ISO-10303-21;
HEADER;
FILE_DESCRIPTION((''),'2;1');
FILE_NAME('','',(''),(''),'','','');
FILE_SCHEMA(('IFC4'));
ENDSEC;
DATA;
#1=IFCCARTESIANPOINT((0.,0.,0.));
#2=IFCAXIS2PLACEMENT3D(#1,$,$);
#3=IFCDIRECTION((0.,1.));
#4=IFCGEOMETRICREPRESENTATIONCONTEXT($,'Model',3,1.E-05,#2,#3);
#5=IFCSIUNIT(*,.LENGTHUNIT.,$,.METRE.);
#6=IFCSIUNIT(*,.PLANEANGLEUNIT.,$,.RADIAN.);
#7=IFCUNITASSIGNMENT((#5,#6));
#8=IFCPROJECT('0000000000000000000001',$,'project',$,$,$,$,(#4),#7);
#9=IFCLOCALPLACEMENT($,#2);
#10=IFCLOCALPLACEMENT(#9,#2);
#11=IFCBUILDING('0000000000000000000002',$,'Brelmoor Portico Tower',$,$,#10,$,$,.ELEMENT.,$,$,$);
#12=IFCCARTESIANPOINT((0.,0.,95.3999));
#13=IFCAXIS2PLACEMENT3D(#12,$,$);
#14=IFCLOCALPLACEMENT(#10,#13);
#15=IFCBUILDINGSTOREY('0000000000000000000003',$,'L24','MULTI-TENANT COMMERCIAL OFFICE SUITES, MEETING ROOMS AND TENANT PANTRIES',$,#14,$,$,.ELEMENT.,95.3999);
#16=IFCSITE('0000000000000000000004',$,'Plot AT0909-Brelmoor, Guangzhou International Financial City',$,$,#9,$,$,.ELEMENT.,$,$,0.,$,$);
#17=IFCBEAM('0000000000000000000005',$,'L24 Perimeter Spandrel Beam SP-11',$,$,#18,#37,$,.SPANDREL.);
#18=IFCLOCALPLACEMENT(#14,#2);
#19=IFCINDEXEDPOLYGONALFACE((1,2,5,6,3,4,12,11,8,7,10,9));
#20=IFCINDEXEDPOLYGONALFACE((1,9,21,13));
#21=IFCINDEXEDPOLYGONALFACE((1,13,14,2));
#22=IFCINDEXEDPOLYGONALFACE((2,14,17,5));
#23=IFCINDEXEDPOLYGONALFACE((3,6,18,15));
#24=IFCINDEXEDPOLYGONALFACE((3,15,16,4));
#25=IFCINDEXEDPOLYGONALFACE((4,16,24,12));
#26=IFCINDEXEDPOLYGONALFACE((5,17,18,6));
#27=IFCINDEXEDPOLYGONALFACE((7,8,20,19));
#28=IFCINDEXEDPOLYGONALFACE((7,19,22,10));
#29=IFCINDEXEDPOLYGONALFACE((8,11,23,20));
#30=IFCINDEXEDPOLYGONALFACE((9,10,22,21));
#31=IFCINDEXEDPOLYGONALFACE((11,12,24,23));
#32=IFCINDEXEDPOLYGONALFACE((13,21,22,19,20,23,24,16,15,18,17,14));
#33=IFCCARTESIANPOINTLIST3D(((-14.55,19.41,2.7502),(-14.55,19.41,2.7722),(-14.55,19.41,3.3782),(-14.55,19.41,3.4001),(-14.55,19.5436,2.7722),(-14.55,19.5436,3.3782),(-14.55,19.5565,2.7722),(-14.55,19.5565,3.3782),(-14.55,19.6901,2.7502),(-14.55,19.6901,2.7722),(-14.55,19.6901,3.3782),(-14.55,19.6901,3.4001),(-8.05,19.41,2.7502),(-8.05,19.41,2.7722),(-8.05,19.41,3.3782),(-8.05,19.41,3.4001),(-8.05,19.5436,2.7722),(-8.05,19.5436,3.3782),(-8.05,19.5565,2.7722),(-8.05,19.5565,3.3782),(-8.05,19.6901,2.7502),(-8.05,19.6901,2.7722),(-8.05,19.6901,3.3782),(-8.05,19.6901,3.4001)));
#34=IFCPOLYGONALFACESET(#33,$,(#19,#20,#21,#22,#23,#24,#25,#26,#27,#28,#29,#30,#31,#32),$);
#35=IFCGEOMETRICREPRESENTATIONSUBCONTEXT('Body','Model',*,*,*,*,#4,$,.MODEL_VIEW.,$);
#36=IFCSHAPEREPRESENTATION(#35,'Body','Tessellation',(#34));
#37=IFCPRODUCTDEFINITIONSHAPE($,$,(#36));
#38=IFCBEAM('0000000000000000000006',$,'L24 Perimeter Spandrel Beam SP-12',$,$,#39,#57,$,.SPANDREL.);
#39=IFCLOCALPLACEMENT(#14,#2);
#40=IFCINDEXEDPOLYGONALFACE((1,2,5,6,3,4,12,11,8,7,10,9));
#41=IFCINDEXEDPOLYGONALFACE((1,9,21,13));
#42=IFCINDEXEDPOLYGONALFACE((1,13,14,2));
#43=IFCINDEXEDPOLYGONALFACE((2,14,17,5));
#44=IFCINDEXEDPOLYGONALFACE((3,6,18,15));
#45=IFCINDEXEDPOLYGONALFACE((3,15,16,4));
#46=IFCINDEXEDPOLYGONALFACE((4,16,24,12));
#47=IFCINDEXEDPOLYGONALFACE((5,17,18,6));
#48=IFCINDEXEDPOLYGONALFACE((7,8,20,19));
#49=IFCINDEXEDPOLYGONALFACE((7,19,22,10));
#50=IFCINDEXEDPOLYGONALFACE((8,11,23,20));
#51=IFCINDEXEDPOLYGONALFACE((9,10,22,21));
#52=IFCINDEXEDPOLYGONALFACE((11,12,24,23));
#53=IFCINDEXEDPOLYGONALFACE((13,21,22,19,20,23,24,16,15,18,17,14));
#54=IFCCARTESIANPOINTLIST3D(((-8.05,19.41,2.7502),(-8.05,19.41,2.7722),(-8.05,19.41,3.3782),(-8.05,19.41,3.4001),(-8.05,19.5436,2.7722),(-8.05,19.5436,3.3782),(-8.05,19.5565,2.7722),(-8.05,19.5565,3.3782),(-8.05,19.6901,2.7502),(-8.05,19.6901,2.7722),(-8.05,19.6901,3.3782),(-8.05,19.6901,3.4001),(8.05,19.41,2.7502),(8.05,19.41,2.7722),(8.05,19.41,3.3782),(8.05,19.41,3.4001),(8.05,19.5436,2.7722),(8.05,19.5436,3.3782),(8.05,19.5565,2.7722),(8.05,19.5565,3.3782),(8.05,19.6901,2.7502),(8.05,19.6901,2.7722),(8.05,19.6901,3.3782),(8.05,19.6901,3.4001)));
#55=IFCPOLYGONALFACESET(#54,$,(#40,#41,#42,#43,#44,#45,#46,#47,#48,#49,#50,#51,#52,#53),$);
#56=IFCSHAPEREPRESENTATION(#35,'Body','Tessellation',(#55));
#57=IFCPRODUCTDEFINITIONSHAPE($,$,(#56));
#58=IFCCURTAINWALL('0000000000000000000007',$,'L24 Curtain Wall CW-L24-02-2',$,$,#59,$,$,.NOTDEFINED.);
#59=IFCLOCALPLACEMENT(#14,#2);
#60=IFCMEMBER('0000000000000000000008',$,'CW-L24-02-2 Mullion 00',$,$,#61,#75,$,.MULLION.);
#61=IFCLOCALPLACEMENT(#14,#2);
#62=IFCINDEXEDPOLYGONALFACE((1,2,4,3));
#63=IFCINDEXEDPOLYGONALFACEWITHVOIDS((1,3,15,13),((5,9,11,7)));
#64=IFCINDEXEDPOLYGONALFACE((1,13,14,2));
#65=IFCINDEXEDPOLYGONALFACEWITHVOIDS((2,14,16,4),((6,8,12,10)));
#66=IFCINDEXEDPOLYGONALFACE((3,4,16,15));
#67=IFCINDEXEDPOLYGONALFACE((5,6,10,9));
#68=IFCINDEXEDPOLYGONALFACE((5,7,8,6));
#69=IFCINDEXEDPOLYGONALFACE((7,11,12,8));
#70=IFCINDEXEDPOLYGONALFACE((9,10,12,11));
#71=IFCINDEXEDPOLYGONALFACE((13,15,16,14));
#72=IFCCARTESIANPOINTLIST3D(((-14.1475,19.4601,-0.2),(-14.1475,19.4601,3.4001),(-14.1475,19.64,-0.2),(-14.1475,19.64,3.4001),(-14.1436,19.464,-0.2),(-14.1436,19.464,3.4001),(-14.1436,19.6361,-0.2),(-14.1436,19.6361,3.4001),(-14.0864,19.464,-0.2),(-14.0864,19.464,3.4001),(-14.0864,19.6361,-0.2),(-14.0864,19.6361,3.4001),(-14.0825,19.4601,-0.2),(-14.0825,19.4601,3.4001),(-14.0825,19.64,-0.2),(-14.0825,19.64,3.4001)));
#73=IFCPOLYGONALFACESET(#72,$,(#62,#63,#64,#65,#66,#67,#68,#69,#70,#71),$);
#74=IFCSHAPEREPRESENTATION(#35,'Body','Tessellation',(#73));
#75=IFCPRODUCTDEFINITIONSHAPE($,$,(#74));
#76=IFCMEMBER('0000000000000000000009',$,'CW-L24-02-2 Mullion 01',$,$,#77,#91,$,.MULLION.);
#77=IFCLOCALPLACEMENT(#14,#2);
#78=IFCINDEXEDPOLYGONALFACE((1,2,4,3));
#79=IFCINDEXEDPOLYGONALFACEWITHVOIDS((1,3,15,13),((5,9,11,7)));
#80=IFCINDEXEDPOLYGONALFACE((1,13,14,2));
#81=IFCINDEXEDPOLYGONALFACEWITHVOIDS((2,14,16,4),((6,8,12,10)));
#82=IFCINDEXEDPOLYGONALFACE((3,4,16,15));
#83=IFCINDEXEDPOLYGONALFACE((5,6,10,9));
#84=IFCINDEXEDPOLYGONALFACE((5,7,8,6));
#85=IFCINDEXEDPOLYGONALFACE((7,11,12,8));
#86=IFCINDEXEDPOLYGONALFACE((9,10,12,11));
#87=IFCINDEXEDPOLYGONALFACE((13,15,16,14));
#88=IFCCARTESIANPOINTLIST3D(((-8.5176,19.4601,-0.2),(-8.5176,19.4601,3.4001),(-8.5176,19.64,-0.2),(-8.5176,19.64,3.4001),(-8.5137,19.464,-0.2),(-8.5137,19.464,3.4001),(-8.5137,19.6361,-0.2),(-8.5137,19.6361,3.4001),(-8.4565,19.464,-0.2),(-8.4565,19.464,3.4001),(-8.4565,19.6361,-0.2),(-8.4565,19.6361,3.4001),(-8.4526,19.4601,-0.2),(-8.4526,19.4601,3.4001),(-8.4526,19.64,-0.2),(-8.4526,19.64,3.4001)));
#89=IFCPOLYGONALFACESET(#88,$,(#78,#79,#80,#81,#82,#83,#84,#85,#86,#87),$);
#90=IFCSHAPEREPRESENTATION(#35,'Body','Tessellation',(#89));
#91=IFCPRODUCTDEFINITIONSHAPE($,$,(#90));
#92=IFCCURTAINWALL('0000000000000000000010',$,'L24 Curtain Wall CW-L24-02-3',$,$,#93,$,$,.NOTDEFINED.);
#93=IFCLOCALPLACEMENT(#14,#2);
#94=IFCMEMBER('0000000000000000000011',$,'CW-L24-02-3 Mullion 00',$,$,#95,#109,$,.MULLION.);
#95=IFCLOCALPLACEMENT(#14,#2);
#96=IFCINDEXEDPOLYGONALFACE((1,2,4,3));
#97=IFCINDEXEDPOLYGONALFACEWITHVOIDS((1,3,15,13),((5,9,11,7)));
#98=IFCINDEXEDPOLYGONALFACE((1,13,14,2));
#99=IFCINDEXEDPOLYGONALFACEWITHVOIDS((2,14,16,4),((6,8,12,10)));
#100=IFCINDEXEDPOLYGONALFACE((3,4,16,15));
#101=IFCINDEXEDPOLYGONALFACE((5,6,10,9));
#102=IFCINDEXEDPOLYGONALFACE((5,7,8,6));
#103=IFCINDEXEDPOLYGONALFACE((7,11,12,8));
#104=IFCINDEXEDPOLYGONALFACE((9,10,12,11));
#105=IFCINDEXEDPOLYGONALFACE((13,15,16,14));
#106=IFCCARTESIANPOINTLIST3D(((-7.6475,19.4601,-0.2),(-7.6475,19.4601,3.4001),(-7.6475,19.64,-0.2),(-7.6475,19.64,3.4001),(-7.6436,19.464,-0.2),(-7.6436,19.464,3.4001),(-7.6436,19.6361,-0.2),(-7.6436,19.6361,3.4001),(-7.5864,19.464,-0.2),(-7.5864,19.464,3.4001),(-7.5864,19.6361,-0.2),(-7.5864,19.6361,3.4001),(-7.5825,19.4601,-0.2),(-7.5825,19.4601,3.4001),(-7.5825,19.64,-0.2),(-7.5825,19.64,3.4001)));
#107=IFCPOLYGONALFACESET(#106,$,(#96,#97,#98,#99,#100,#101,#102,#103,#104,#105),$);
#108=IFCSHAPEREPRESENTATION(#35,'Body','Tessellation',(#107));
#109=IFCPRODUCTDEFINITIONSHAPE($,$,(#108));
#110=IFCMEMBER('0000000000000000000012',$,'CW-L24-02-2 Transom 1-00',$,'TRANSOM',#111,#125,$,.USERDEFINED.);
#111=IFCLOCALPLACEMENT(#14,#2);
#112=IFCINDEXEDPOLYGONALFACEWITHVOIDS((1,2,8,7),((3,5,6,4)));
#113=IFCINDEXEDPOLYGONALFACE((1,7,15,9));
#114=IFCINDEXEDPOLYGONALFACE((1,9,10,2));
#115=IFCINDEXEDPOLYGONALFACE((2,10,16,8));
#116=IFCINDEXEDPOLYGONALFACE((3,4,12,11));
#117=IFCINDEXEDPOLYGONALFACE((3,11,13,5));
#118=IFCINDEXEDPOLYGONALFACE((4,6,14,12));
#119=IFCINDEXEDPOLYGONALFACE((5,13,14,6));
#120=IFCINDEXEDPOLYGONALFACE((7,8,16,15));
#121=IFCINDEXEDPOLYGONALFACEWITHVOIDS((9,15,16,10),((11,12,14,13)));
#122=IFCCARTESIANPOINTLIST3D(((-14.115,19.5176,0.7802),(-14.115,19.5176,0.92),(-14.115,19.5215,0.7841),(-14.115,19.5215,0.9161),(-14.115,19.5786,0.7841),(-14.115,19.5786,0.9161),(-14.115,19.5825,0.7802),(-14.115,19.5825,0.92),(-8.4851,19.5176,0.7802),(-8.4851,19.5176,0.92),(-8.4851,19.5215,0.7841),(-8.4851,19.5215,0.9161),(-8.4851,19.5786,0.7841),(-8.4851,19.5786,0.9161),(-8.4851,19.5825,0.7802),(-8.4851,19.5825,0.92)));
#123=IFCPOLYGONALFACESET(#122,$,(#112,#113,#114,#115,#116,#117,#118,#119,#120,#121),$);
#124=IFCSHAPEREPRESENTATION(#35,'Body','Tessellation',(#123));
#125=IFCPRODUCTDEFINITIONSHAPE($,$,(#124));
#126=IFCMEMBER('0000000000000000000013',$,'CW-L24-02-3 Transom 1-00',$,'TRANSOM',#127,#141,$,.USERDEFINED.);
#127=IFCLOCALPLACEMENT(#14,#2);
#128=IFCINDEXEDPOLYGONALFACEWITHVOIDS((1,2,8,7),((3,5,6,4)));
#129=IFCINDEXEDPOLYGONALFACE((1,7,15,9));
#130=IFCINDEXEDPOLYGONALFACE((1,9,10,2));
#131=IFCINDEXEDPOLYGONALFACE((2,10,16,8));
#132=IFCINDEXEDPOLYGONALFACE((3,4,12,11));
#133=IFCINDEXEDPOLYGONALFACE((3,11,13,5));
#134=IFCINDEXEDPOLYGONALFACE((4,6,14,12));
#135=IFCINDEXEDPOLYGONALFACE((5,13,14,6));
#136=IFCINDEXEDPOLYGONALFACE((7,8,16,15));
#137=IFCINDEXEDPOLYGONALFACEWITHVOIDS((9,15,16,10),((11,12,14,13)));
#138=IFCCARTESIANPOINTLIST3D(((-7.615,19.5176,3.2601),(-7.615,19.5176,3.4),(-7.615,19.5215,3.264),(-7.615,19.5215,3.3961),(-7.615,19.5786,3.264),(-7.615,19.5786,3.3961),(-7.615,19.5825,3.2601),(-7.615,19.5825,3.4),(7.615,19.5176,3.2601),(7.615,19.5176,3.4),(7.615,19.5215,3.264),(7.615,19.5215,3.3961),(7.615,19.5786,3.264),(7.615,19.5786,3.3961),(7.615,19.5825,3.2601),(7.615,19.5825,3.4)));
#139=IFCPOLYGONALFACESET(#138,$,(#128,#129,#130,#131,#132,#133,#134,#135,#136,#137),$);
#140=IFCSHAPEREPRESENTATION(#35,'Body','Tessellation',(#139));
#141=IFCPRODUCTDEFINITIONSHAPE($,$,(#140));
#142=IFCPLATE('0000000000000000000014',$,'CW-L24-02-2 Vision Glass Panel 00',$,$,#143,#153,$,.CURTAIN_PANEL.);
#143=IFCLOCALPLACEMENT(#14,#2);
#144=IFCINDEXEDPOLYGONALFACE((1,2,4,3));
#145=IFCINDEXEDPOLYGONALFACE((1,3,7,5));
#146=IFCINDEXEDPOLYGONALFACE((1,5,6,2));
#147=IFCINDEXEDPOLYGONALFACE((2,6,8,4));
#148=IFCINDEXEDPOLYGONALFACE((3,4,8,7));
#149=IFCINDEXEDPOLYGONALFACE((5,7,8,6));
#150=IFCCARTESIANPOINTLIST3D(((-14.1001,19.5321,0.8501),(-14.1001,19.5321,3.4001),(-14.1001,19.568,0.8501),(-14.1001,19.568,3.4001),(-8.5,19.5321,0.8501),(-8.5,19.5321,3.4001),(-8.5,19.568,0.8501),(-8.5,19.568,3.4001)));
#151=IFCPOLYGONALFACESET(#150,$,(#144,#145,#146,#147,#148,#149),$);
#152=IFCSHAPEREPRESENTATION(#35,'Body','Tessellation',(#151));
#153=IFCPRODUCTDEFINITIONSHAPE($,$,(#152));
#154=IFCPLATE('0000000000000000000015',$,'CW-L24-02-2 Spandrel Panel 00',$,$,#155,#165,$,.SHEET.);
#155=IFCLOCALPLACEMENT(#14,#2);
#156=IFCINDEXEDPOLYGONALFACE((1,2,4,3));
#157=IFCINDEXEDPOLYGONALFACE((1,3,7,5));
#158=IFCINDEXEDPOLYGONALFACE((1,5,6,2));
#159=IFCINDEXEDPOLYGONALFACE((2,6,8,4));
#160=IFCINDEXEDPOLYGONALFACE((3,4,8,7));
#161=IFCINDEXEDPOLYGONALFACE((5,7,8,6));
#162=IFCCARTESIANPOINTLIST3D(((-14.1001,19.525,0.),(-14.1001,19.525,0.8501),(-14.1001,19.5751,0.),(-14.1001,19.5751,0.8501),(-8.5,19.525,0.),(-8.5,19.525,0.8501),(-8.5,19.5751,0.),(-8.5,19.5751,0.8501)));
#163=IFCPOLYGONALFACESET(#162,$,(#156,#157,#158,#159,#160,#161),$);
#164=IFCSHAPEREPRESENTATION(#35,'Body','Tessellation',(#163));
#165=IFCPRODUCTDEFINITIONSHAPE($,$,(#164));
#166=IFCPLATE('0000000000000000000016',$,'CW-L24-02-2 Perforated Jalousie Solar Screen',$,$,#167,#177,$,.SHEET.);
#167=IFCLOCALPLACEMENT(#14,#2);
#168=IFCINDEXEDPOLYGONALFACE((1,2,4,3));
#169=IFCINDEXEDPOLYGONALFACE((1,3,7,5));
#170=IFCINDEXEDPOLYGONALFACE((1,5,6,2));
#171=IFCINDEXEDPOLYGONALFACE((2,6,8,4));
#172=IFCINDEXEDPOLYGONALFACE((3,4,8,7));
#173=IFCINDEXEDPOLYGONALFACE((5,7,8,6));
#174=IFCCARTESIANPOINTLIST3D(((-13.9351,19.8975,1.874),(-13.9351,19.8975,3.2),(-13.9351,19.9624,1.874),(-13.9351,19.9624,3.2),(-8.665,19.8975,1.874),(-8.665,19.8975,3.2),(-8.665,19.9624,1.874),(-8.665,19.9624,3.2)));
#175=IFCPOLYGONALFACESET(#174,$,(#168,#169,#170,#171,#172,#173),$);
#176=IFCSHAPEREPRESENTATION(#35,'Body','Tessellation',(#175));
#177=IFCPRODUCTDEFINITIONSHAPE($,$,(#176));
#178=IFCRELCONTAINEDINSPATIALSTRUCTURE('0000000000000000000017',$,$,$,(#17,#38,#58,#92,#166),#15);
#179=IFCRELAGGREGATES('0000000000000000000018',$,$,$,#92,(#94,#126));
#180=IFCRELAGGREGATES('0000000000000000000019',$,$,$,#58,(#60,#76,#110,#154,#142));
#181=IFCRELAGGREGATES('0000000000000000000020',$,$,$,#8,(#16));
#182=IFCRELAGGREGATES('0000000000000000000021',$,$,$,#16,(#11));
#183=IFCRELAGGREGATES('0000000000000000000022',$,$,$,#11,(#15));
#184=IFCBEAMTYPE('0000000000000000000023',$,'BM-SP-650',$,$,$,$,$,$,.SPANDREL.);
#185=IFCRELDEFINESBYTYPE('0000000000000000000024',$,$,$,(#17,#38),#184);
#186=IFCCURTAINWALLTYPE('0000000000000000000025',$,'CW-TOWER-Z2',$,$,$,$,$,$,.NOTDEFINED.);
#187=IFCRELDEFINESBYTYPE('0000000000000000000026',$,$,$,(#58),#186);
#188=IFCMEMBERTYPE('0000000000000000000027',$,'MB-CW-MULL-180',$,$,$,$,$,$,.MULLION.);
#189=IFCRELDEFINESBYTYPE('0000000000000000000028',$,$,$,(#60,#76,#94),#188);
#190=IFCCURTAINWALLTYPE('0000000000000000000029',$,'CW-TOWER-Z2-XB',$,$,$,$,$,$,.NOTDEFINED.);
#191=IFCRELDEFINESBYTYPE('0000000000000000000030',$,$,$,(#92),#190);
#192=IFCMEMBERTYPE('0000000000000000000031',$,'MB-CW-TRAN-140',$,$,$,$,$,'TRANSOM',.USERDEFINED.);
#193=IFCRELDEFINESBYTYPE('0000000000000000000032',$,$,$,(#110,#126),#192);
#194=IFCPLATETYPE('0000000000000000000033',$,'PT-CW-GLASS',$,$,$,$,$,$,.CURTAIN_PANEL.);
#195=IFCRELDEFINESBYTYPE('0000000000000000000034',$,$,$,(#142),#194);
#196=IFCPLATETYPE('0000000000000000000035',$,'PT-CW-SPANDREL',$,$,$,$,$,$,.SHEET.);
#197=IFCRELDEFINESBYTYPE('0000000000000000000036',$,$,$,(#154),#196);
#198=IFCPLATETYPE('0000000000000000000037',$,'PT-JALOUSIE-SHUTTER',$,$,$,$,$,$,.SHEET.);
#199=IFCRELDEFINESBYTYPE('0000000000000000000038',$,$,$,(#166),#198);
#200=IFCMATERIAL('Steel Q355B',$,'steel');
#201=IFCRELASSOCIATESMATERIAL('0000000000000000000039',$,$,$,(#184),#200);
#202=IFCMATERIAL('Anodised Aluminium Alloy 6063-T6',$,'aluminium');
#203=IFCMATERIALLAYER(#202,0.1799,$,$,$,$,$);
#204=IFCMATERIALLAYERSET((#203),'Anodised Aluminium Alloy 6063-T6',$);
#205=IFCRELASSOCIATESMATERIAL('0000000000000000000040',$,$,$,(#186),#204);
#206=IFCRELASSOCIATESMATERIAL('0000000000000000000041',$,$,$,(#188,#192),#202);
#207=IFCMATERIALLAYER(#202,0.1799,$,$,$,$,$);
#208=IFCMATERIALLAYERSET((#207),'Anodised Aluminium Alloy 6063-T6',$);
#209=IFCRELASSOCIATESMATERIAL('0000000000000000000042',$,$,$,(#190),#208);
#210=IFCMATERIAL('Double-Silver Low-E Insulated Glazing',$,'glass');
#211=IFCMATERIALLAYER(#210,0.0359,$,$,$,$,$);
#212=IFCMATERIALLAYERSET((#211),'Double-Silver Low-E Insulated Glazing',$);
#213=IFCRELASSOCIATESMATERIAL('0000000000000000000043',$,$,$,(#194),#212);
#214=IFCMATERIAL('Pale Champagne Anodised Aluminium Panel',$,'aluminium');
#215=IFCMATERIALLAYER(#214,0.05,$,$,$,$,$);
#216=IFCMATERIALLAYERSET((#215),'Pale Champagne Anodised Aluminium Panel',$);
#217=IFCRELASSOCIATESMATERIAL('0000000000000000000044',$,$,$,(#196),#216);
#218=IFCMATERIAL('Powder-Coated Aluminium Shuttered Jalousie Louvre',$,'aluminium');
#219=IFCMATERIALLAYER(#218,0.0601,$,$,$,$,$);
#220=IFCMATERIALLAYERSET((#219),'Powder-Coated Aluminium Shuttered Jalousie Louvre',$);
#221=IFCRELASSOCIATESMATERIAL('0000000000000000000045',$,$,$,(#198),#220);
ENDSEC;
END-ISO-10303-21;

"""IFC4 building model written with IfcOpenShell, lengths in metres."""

from ifc_helpers import new_model, si_unit, direction, frame, origin, origin_2d, place, context, subcontext, project, spatial, rectangle, hollow_rectangle, i_section, extrude, material, layer, layer_set, material_profile, profile_set, type_object, element, aggregate, save


model = new_model("IFC4")

# Units and contexts
model_context = context("Model", 3, precision=1e-05, world=origin(), true_north=direction((0.0, 1.0)))
body_context = subcontext(model_context, "Body", "Model", "MODEL_VIEW")
ifc_project = project(units=[si_unit("LENGTHUNIT", "METRE"), si_unit("PLANEANGLEUNIT", "RADIAN")], contexts=[model_context])

# Site, building, storey
site_placement = place(None, origin())
site = spatial("IfcSite", under=ifc_project, at=site_placement, Name="Plot AT0909-Brelmoor, Guangzhou International Financial City", CompositionType="ELEMENT", RefElevation=0.0)
building_placement = place(site_placement, origin())
building = spatial("IfcBuilding", under=site, at=building_placement, Name="Brelmoor Portico Tower", CompositionType="ELEMENT")
storey_placement = place(building_placement, frame((0.0, 0.0, 95.3999)))
storey = spatial("IfcBuildingStorey", under=building, at=storey_placement, Name="L24", Description="MULTI-TENANT COMMERCIAL OFFICE SUITES, MEETING ROOMS AND TENANT PANTRIES", CompositionType="ELEMENT", Elevation=95.3999)

# Shared definitions
ifc_material_1 = material(Name="Steel Q355B", Category="steel")

# Beams
ifc_material_profile_1 = material_profile(ifc_material_1, i_section(OverallWidth=0.28, OverallDepth=0.6499, WebThickness=0.0129, FlangeThickness=0.022, at=origin_2d()), Name="HN 650x280x13x22")
ifc_profile_set_1 = profile_set([ifc_material_profile_1], Name="Steel Q355B")
beam_type_1 = type_object("IfcBeamType", Name="BM-SP-650", PredefinedType="SPANDREL", material=ifc_profile_set_1)
beam_1_placement = place(storey_placement, frame((-14.55, 19.55, 3.0752), z_axis=(1.0, 0.0, 0.0), x_axis=(0.0, 1.0, 0.0)))
element("IfcBeam", 1, at=beam_1_placement, inside=storey, type_object=beam_type_1, Name="L24 Perimeter Spandrel Beam SP-11", PredefinedType="SPANDREL", context=body_context, shape_type="SweptSolid", body=[
    extrude(i_section(OverallWidth=0.28, OverallDepth=0.6499, WebThickness=0.0129, FlangeThickness=0.022, at=origin_2d()), origin(), (0.0, 0.0, 1.0), 6.5),
])
beam_2_placement = place(storey_placement, frame((-8.05, 19.55, 3.0752), z_axis=(1.0, 0.0, 0.0), x_axis=(0.0, 1.0, 0.0)))
element("IfcBeam", 2, at=beam_2_placement, inside=storey, type_object=beam_type_1, Name="L24 Perimeter Spandrel Beam SP-12", PredefinedType="SPANDREL", context=body_context, shape_type="SweptSolid", body=[
    extrude(i_section(OverallWidth=0.28, OverallDepth=0.6499, WebThickness=0.0129, FlangeThickness=0.022, at=origin_2d()), origin(), (0.0, 0.0, 1.0), 16.1001),
])

# Curtain wall, members
ifc_material_2 = material(Name="Anodised Aluminium Alloy 6063-T6", Category="aluminium")
ifc_layer_1 = layer(ifc_material_2, 0.1799)
ifc_layer_set_1 = layer_set([ifc_layer_1], Name="Anodised Aluminium Alloy 6063-T6")
curtain_wall_type_1 = type_object("IfcCurtainWallType", Name="CW-TOWER-Z2", PredefinedType="NOTDEFINED", material=ifc_layer_set_1)
curtain_wall_1_placement = place(storey_placement, origin())
curtain_wall_1 = element("IfcCurtainWall", 3, at=curtain_wall_1_placement, inside=storey, type_object=curtain_wall_type_1, Name="L24 Curtain Wall CW-L24-02-2", PredefinedType="NOTDEFINED")
ifc_material_profile_2 = material_profile(ifc_material_2, hollow_rectangle(XDim=0.0649, YDim=0.1799, WallThickness=0.0039, at=origin_2d()), Name="ALU MULLION 65x180")
ifc_profile_set_2 = profile_set([ifc_material_profile_2], Name="Anodised Aluminium Alloy 6063-T6")
member_type_1 = type_object("IfcMemberType", Name="MB-CW-MULL-180", PredefinedType="MULLION", material=ifc_profile_set_2)
member_1_placement = place(storey_placement, frame((-14.115, 19.55, -0.2), z_axis=(0.0, 0.0, 1.0), x_axis=(1.0, 0.0, 0.0)))
member_1 = element("IfcMember", 4, at=member_1_placement, type_object=member_type_1, Name="CW-L24-02-2 Mullion 00", PredefinedType="MULLION", context=body_context, shape_type="SweptSolid", body=[
    extrude(hollow_rectangle(XDim=0.0649, YDim=0.1799, WallThickness=0.0039, at=origin_2d()), origin(), (0.0, 0.0, 1.0), 3.6001),
])
member_2_placement = place(storey_placement, frame((-8.4851, 19.55, -0.2), z_axis=(0.0, 0.0, 1.0), x_axis=(1.0, 0.0, 0.0)))
member_2 = element("IfcMember", 5, at=member_2_placement, type_object=member_type_1, Name="CW-L24-02-2 Mullion 01", PredefinedType="MULLION", context=body_context, shape_type="SweptSolid", body=[
    extrude(hollow_rectangle(XDim=0.0649, YDim=0.1799, WallThickness=0.0039, at=origin_2d()), origin(), (0.0, 0.0, 1.0), 3.6001),
])

# Curtain wall, member
ifc_layer_2 = layer(ifc_material_2, 0.1799)
ifc_layer_set_2 = layer_set([ifc_layer_2], Name="Anodised Aluminium Alloy 6063-T6")
curtain_wall_type_2 = type_object("IfcCurtainWallType", Name="CW-TOWER-Z2-XB", PredefinedType="NOTDEFINED", material=ifc_layer_set_2)
curtain_wall_2_placement = place(storey_placement, origin())
curtain_wall_2 = element("IfcCurtainWall", 6, at=curtain_wall_2_placement, inside=storey, type_object=curtain_wall_type_2, Name="L24 Curtain Wall CW-L24-02-3", PredefinedType="NOTDEFINED")
member_3_placement = place(storey_placement, frame((-7.615, 19.55, -0.2), z_axis=(0.0, 0.0, 1.0), x_axis=(1.0, 0.0, 0.0)))
member_3 = element("IfcMember", 7, at=member_3_placement, type_object=member_type_1, Name="CW-L24-02-3 Mullion 00", PredefinedType="MULLION", context=body_context, shape_type="SweptSolid", body=[
    extrude(hollow_rectangle(XDim=0.0649, YDim=0.1799, WallThickness=0.0039, at=origin_2d()), origin(), (0.0, 0.0, 1.0), 3.6001),
])

# Members
ifc_material_profile_3 = material_profile(ifc_material_2, hollow_rectangle(XDim=0.0649, YDim=0.1399, WallThickness=0.0039, at=origin_2d()), Name="ALU TRANSOM 65x140")
ifc_profile_set_3 = profile_set([ifc_material_profile_3], Name="Anodised Aluminium Alloy 6063-T6")
member_type_2 = type_object("IfcMemberType", Name="MB-CW-TRAN-140", ElementType="TRANSOM", PredefinedType="USERDEFINED", material=ifc_profile_set_3)
member_4_placement = place(storey_placement, frame((-14.115, 19.55, 0.8501), z_axis=(1.0, 0.0, 0.0), x_axis=(0.0, 1.0, 0.0)))
member_4 = element("IfcMember", 8, at=member_4_placement, type_object=member_type_2, Name="CW-L24-02-2 Transom 1-00", ObjectType="TRANSOM", PredefinedType="USERDEFINED", context=body_context, shape_type="SweptSolid", body=[
    extrude(hollow_rectangle(XDim=0.0649, YDim=0.1399, WallThickness=0.0039, at=origin_2d()), origin(), (0.0, 0.0, 1.0), 5.6299),
])
member_5_placement = place(storey_placement, frame((-7.615, 19.55, 3.3301), z_axis=(1.0, 0.0, 0.0), x_axis=(0.0, 1.0, 0.0)))
member_5 = element("IfcMember", 9, at=member_5_placement, type_object=member_type_2, Name="CW-L24-02-3 Transom 1-00", ObjectType="TRANSOM", PredefinedType="USERDEFINED", context=body_context, shape_type="SweptSolid", body=[
    extrude(hollow_rectangle(XDim=0.0649, YDim=0.1399, WallThickness=0.0039, at=origin_2d()), origin(), (0.0, 0.0, 1.0), 15.23),
])
aggregate(curtain_wall_2, [member_3, member_5])

# Plates
ifc_material_3 = material(Name="Double-Silver Low-E Insulated Glazing", Category="glass")
ifc_layer_3 = layer(ifc_material_3, 0.0359)
ifc_layer_set_3 = layer_set([ifc_layer_3], Name="Double-Silver Low-E Insulated Glazing")
plate_type_1 = type_object("IfcPlateType", Name="PT-CW-GLASS", PredefinedType="CURTAIN_PANEL", material=ifc_layer_set_3)
plate_1_placement = place(storey_placement, frame((-11.3, 19.55, 0.8501), z_axis=(0.0, 0.0, 1.0), x_axis=(1.0, 0.0, 0.0)))
plate_1 = element("IfcPlate", 10, at=plate_1_placement, type_object=plate_type_1, Name="CW-L24-02-2 Vision Glass Panel 00", PredefinedType="CURTAIN_PANEL", context=body_context, shape_type="SweptSolid", body=[
    extrude(rectangle(XDim=5.6001, YDim=0.0359, at=origin_2d()), origin(), (0.0, 0.0, 1.0), 2.55),
])
ifc_material_4 = material(Name="Pale Champagne Anodised Aluminium Panel", Category="aluminium")
ifc_layer_4 = layer(ifc_material_4, 0.05)
ifc_layer_set_4 = layer_set([ifc_layer_4], Name="Pale Champagne Anodised Aluminium Panel")
plate_type_2 = type_object("IfcPlateType", Name="PT-CW-SPANDREL", PredefinedType="SHEET", material=ifc_layer_set_4)
plate_2_placement = place(storey_placement, frame((-11.3, 19.55, 0.0), z_axis=(0.0, 0.0, 1.0), x_axis=(1.0, 0.0, 0.0)))
plate_2 = element("IfcPlate", 11, at=plate_2_placement, type_object=plate_type_2, Name="CW-L24-02-2 Spandrel Panel 00", PredefinedType="SHEET", context=body_context, shape_type="SweptSolid", body=[
    extrude(rectangle(XDim=5.6001, YDim=0.05, at=origin_2d()), origin(), (0.0, 0.0, 1.0), 0.8501),
])
aggregate(curtain_wall_1, [member_1, member_2, member_4, plate_2, plate_1])

# Plate
ifc_material_5 = material(Name="Powder-Coated Aluminium Shuttered Jalousie Louvre", Category="aluminium")
ifc_layer_5 = layer(ifc_material_5, 0.0601)
ifc_layer_set_5 = layer_set([ifc_layer_5], Name="Powder-Coated Aluminium Shuttered Jalousie Louvre")
plate_type_3 = type_object("IfcPlateType", Name="PT-JALOUSIE-SHUTTER", PredefinedType="SHEET", material=ifc_layer_set_5)
plate_3_placement = place(storey_placement, frame((-11.3, 19.9299, 1.874), z_axis=(0.0, 0.0, 1.0), x_axis=(1.0, 0.0, 0.0)))
element("IfcPlate", 12, at=plate_3_placement, inside=storey, type_object=plate_type_3, Name="CW-L24-02-2 Perforated Jalousie Solar Screen", PredefinedType="SHEET", context=body_context, shape_type="SweptSolid", body=[
    extrude(rectangle(XDim=5.27, YDim=0.0649, at=origin_2d()), origin(), (0.0, 0.0, 1.0), 1.3259),
])

save(model, "model.ifc")
